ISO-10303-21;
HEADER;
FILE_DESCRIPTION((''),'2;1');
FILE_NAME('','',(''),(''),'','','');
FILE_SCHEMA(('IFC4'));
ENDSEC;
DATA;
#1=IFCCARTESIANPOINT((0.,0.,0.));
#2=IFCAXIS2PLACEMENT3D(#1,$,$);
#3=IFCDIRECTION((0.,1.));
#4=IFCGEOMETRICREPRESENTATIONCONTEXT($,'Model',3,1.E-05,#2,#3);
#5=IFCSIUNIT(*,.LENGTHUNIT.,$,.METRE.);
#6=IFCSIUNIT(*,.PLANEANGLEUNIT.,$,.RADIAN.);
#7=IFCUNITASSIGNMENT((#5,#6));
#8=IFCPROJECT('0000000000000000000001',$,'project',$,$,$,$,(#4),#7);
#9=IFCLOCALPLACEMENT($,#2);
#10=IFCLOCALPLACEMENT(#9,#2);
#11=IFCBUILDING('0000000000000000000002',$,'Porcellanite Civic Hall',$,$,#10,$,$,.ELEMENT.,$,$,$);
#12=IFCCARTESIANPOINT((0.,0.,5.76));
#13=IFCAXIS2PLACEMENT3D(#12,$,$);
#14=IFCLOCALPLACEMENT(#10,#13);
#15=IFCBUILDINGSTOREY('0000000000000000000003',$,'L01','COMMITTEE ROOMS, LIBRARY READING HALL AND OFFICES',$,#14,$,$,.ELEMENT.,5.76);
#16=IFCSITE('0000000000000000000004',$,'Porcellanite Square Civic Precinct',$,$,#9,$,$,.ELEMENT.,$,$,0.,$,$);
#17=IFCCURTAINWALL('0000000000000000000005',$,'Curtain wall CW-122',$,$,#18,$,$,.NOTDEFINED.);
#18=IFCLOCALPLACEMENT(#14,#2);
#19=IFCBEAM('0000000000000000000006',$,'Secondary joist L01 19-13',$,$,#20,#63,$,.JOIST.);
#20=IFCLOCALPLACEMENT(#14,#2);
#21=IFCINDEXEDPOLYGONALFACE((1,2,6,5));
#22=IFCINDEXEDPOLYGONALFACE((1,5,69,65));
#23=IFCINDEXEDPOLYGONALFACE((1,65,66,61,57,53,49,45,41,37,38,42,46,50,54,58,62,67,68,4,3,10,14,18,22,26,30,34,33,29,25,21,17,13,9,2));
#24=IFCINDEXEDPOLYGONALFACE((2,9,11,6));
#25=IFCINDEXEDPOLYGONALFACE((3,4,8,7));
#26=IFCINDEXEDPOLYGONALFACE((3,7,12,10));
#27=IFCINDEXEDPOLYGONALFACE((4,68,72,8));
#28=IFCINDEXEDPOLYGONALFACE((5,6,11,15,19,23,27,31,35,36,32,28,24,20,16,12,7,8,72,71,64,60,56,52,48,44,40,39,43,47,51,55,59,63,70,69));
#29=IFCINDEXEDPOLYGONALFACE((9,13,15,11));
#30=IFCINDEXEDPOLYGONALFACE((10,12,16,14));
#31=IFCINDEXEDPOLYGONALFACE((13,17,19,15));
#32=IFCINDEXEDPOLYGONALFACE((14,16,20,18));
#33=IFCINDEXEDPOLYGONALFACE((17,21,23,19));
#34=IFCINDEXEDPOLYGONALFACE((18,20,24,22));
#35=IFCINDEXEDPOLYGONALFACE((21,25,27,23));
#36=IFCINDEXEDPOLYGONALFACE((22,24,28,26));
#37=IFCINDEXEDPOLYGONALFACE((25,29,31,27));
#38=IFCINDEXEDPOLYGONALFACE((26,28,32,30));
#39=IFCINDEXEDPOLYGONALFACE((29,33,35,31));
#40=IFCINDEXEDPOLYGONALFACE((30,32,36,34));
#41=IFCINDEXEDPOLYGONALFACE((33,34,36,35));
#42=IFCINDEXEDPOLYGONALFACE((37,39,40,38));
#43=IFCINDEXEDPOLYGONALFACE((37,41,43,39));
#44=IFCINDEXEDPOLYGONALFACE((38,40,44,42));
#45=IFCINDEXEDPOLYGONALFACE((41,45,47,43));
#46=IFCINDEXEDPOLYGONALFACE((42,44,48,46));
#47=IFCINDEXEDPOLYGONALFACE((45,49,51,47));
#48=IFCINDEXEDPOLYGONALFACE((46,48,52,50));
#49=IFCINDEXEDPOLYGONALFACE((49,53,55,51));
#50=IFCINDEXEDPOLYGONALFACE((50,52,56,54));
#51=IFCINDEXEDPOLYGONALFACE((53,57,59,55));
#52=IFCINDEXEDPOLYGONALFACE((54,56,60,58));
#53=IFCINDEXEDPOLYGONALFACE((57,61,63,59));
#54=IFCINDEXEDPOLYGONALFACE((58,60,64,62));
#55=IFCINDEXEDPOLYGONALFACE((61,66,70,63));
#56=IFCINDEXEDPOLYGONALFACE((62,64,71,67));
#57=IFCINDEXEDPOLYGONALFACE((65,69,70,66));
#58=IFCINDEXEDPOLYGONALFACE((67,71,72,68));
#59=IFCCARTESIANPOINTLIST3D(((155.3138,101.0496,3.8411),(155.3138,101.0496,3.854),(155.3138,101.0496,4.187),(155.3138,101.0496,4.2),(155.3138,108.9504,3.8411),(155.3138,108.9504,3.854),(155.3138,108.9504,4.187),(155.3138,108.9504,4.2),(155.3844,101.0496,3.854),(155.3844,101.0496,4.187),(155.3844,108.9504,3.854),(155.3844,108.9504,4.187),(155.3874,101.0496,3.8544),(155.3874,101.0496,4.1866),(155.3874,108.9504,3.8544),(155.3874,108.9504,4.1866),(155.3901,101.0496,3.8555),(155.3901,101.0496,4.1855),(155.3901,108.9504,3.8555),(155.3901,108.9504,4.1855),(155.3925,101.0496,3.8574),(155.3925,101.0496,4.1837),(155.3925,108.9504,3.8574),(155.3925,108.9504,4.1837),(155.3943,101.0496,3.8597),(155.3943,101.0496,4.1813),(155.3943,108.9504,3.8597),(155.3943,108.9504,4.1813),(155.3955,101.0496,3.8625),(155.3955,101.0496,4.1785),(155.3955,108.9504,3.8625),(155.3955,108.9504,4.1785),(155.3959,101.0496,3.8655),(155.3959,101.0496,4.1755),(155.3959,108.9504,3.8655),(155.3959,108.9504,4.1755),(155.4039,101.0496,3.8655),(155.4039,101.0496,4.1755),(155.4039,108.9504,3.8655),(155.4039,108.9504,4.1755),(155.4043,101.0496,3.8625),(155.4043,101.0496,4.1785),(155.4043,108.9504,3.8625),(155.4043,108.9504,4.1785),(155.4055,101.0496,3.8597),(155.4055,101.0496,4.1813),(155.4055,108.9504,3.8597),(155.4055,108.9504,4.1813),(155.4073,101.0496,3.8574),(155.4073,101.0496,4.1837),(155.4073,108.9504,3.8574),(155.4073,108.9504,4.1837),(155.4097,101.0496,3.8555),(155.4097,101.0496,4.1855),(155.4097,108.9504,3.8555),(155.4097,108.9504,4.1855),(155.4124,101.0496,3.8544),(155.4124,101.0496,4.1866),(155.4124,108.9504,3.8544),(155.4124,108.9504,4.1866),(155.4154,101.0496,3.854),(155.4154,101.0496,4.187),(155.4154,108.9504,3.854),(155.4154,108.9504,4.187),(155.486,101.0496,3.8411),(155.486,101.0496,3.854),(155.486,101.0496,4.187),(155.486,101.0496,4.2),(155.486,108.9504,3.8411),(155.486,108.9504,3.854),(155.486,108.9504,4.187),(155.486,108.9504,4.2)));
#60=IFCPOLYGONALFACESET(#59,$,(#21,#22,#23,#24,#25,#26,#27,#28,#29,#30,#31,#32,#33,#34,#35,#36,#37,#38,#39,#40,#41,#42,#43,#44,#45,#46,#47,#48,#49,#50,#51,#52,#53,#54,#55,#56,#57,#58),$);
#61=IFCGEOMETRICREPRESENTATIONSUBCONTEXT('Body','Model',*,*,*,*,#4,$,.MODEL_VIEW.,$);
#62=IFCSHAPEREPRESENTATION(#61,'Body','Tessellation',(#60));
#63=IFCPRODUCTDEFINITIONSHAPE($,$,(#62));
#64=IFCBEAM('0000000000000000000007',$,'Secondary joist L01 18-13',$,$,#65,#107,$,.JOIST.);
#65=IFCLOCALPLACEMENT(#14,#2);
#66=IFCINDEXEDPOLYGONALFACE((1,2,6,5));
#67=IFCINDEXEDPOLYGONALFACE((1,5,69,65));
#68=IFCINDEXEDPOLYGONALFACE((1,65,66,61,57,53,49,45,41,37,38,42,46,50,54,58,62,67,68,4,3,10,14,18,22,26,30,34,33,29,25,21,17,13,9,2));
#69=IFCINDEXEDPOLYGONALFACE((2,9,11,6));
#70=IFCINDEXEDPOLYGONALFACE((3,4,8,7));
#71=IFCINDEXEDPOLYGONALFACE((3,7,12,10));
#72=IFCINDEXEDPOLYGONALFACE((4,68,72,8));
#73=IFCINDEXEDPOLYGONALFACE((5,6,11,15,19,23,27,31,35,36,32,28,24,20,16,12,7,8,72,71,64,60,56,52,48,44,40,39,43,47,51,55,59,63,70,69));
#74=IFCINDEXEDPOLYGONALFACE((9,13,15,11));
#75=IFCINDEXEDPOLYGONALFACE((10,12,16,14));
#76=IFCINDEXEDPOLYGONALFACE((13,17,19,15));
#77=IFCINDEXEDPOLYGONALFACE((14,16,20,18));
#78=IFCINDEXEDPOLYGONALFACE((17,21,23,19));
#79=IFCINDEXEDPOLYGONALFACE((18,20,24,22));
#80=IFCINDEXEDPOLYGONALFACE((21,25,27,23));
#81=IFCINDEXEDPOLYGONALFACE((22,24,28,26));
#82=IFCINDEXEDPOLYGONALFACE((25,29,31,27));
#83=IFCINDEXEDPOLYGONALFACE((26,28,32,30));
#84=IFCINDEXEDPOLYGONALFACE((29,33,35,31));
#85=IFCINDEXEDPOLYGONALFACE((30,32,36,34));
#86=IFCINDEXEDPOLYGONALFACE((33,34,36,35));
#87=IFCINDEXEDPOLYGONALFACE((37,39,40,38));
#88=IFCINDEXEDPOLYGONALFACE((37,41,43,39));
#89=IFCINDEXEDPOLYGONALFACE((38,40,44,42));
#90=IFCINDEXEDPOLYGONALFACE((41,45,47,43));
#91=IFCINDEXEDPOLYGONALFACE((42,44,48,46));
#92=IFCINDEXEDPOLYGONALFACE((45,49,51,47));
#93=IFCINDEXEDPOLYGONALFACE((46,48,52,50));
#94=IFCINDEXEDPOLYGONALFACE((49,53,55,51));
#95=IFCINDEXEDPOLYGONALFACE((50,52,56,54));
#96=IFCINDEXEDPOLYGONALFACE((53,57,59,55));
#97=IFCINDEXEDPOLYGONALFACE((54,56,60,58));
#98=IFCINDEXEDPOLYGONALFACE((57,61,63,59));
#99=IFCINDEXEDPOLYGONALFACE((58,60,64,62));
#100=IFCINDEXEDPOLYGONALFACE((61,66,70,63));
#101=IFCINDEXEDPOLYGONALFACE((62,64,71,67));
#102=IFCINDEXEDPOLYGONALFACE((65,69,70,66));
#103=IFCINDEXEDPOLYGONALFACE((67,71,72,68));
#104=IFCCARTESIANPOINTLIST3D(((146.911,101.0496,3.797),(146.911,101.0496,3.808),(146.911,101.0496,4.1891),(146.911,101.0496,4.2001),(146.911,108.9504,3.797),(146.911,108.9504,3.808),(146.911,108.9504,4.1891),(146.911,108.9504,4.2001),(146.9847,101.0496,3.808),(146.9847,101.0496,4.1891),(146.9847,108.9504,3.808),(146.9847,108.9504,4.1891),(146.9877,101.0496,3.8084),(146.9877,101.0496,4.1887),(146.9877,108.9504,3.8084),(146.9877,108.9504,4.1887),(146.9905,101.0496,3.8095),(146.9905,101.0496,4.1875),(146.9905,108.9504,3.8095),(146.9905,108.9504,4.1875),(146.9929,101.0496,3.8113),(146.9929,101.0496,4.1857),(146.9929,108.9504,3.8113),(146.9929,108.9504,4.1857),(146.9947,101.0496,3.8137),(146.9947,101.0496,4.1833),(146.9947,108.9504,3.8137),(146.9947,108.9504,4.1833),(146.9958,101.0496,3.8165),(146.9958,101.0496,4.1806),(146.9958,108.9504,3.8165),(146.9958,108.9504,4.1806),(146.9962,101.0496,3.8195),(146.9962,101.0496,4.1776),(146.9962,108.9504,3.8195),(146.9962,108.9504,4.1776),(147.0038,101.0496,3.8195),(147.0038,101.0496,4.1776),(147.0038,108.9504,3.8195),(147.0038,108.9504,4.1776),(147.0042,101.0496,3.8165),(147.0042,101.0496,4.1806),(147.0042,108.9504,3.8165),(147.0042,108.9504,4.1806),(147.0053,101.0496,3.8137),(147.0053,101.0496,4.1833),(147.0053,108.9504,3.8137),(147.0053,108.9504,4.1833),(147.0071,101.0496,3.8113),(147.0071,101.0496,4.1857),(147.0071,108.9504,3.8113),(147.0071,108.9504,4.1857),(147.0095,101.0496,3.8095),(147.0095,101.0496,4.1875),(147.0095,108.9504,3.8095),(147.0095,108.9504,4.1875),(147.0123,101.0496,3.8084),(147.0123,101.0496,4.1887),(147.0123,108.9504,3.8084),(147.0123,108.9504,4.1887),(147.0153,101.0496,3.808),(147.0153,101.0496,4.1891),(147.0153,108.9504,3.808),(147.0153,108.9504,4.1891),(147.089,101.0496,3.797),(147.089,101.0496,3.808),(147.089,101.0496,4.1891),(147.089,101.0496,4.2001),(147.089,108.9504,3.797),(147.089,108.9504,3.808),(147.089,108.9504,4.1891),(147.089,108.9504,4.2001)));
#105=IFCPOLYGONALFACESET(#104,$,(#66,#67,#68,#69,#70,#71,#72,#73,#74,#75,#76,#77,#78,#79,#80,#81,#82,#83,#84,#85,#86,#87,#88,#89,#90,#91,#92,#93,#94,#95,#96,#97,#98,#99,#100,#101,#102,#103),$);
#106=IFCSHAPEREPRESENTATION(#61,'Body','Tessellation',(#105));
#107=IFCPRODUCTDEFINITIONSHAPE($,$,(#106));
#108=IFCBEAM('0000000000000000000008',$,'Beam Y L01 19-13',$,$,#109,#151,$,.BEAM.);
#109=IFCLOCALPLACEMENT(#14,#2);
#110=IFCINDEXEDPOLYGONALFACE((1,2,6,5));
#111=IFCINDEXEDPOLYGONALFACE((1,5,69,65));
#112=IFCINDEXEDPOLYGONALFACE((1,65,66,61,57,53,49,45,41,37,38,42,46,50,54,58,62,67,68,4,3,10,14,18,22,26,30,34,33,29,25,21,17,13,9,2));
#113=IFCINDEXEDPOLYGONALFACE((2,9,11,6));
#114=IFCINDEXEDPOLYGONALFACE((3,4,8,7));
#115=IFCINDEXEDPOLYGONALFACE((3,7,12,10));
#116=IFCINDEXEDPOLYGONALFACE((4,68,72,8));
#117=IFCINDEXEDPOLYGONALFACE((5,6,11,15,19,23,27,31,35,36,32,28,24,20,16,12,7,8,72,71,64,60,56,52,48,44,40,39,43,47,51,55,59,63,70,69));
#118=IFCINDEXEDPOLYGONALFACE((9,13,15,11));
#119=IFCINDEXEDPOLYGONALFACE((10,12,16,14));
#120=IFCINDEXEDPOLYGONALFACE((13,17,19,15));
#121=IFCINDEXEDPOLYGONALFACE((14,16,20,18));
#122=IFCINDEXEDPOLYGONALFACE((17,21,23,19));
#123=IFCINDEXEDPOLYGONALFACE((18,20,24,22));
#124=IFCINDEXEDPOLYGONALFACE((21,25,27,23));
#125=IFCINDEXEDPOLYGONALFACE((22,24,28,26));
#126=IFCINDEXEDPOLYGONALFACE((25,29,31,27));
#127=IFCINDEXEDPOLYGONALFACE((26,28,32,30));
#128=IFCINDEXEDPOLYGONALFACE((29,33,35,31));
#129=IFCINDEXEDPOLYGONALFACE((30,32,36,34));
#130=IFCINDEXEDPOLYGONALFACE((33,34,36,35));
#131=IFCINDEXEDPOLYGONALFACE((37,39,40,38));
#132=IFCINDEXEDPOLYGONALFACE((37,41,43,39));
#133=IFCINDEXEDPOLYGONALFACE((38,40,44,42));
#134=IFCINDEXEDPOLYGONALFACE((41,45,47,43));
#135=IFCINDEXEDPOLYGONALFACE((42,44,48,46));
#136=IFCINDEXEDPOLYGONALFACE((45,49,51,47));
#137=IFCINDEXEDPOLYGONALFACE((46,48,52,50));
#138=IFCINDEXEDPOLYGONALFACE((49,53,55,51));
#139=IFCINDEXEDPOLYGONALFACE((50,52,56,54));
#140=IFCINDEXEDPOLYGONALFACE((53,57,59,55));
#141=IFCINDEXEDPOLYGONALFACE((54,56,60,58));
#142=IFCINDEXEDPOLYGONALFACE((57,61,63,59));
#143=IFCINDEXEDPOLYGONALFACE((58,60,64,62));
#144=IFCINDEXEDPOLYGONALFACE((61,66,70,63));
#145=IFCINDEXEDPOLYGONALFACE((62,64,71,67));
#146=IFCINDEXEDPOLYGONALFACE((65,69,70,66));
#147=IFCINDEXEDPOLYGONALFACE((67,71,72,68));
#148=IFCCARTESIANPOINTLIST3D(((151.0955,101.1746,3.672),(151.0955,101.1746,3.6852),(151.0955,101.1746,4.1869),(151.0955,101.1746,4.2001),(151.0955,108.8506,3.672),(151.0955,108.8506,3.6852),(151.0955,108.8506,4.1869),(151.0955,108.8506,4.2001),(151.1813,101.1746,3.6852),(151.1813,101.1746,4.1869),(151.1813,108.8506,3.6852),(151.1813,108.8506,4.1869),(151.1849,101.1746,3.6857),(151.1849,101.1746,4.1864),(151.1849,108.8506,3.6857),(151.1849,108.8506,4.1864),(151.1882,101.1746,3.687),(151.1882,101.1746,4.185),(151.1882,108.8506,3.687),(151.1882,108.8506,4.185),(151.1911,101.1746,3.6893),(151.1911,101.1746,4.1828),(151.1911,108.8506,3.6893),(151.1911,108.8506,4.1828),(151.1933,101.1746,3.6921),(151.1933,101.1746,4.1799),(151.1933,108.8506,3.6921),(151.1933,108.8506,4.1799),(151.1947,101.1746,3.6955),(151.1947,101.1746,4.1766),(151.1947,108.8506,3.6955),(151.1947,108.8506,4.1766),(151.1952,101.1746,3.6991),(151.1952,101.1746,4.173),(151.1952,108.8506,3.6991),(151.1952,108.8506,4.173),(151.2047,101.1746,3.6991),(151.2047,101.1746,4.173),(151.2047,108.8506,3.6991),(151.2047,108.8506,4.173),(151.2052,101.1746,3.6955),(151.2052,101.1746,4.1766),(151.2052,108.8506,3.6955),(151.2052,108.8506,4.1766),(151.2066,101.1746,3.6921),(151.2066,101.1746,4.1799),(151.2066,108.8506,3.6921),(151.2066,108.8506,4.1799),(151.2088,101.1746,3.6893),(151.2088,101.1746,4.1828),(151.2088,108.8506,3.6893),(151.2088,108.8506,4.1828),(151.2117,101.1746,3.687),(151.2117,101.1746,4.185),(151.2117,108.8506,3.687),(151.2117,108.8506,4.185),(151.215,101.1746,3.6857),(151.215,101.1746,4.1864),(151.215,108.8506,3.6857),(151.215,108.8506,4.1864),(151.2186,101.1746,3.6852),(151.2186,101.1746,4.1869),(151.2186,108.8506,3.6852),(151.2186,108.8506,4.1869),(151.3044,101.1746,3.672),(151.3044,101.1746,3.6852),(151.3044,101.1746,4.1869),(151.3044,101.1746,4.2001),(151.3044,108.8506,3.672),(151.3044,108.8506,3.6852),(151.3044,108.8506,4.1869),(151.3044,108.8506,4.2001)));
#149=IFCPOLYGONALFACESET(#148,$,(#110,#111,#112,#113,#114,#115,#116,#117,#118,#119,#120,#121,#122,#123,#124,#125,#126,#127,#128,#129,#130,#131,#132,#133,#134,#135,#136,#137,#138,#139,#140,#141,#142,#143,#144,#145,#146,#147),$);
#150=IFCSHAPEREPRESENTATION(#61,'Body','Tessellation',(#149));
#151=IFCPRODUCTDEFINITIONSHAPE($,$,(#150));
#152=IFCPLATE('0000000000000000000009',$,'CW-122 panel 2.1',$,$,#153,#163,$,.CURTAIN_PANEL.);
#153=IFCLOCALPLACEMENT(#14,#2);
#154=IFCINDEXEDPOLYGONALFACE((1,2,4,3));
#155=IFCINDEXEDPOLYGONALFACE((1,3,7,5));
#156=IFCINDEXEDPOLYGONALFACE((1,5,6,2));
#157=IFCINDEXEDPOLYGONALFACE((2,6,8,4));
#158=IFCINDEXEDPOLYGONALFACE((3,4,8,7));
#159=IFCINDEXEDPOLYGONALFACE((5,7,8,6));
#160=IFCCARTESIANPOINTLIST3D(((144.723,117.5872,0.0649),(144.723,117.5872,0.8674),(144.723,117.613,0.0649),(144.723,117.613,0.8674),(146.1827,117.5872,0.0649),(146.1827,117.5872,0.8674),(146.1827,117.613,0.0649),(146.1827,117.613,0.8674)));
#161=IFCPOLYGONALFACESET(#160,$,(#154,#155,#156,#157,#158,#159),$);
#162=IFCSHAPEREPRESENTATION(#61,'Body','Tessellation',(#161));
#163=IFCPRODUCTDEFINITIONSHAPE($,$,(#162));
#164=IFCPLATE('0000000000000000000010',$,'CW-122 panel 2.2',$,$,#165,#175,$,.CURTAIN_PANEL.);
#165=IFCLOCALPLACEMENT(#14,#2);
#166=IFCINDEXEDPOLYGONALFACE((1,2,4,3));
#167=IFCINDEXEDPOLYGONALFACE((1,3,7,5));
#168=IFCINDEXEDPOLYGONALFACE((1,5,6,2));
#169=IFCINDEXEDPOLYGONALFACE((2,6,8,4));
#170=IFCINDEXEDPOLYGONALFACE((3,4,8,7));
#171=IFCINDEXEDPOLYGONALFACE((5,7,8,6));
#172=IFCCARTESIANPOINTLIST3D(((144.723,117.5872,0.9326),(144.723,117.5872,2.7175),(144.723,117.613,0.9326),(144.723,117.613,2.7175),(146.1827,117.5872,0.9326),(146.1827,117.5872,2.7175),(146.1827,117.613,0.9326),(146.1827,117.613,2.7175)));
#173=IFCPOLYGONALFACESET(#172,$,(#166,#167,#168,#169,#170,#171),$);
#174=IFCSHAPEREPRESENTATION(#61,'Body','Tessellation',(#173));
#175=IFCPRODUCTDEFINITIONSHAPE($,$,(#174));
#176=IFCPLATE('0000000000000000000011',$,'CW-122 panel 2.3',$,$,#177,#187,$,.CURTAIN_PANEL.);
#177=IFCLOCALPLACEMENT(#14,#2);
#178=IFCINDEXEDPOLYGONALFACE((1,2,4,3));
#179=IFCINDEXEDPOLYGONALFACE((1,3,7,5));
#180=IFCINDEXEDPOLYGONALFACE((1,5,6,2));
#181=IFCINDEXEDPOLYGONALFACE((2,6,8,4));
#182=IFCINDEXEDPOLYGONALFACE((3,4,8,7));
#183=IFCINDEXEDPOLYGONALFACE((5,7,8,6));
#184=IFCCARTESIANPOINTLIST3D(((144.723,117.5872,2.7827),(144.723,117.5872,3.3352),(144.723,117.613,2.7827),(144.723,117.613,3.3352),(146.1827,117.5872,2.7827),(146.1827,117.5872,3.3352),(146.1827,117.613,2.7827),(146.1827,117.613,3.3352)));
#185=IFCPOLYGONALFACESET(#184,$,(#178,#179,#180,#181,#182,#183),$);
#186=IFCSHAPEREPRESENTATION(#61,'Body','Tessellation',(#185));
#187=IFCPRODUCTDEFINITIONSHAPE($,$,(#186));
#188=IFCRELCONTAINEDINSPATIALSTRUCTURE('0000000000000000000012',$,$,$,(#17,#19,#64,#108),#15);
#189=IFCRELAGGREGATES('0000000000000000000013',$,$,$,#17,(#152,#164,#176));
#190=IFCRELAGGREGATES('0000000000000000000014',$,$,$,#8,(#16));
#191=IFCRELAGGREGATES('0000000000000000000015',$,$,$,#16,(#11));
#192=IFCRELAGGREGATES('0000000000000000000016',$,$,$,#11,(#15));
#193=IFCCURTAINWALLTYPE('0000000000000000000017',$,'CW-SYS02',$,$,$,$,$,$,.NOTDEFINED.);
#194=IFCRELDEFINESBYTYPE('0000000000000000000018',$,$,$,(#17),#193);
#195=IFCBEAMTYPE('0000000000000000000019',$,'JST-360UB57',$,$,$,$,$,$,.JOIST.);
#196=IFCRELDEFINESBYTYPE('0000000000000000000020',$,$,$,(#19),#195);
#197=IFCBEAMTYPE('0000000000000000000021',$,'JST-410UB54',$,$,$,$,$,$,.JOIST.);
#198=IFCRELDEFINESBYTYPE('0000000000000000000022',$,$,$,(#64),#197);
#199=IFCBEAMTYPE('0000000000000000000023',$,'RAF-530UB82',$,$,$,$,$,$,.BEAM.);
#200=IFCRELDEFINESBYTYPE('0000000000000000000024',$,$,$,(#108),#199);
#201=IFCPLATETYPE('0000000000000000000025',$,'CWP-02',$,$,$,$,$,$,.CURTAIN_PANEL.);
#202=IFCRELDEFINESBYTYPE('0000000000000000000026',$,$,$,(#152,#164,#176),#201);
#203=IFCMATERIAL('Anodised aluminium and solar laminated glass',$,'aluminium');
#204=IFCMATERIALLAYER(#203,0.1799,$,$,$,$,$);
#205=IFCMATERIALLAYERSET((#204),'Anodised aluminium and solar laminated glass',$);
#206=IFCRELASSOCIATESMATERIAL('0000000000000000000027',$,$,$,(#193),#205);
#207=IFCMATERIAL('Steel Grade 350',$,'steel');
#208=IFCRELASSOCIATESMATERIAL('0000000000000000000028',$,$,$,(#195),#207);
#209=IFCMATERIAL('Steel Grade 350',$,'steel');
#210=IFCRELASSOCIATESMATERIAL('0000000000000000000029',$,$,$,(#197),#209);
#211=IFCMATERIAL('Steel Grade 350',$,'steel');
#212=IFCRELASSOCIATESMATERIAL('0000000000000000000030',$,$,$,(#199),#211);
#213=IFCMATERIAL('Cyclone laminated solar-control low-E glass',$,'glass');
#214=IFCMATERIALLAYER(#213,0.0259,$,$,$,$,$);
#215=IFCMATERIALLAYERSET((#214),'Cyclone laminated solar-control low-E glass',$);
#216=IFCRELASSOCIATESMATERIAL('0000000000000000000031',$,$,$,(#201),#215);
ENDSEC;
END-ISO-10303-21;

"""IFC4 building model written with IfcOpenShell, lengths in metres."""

from ifc_helpers import new_model, si_unit, direction, frame, origin, origin_2d, place, context, subcontext, project, spatial, rectangle, i_section, extrude, material, layer, layer_set, material_profile, profile_set, type_object, element, aggregate, save


model = new_model("IFC4")

# Units and contexts
model_context = context("Model", 3, precision=1e-05, world=origin(), true_north=direction((0.0, 1.0)))
body_context = subcontext(model_context, "Body", "Model", "MODEL_VIEW")
ifc_project = project(units=[si_unit("LENGTHUNIT", "METRE"), si_unit("PLANEANGLEUNIT", "RADIAN")], contexts=[model_context])

# Site, building, storey
site_placement = place(None, origin())
site = spatial("IfcSite", under=ifc_project, at=site_placement, Name="Porcellanite Square Civic Precinct", CompositionType="ELEMENT", RefElevation=0.0)
building_placement = place(site_placement, origin())
building = spatial("IfcBuilding", under=site, at=building_placement, Name="Porcellanite Civic Hall", CompositionType="ELEMENT")
storey_placement = place(building_placement, frame((0.0, 0.0, 5.76)))
storey = spatial("IfcBuildingStorey", under=building, at=storey_placement, Name="L01", Description="COMMITTEE ROOMS, LIBRARY READING HALL AND OFFICES", CompositionType="ELEMENT", Elevation=5.76)

# Curtain wall
ifc_material_1 = material(Name="Anodised aluminium and solar laminated glass", Category="aluminium")
ifc_layer_1 = layer(ifc_material_1, 0.1799)
ifc_layer_set_1 = layer_set([ifc_layer_1], Name="Anodised aluminium and solar laminated glass")
curtain_wall_type = type_object("IfcCurtainWallType", Name="CW-SYS02", PredefinedType="NOTDEFINED", material=ifc_layer_set_1)
curtain_wall_placement = place(storey_placement, origin())
curtain_wall = element("IfcCurtainWall", 1, at=curtain_wall_placement, inside=storey, type_object=curtain_wall_type, Name="Curtain wall CW-122", PredefinedType="NOTDEFINED")

# Beams
ifc_material_2 = material(Name="Steel Grade 350", Category="steel")
ifc_material_profile_1 = material_profile(ifc_material_2, i_section(OverallWidth=0.1721, OverallDepth=0.3589, WebThickness=0.0081, FlangeThickness=0.0129, FilletRadius=0.0115, at=origin_2d()), Name="360UB56.7")
ifc_profile_set_1 = profile_set([ifc_material_profile_1], Name="Steel Grade 350")
beam_type_1 = type_object("IfcBeamType", Name="JST-360UB57", PredefinedType="JOIST", material=ifc_profile_set_1)
beam_1_placement = place(storey_placement, frame((155.3999, 101.0496, 4.0205), z_axis=(0.0, 1.0, 0.0), x_axis=(-1.0, 0.0, 0.0)))
element("IfcBeam", 2, at=beam_1_placement, inside=storey, type_object=beam_type_1, Name="Secondary joist L01 19-13", PredefinedType="JOIST", context=body_context, shape_type="SweptSolid", body=[
    extrude(i_section(OverallWidth=0.1721, OverallDepth=0.3589, WebThickness=0.0081, FlangeThickness=0.0129, FilletRadius=0.0115, at=origin_2d()), origin(), (0.0, 0.0, 1.0), 7.9009),
])
ifc_material_3 = material(Name="Steel Grade 350", Category="steel")
ifc_material_profile_2 = material_profile(ifc_material_3, i_section(OverallWidth=0.178, OverallDepth=0.4031, WebThickness=0.0076, FlangeThickness=0.011, FilletRadius=0.0115, at=origin_2d()), Name="410UB53.7")
ifc_profile_set_2 = profile_set([ifc_material_profile_2], Name="Steel Grade 350")
beam_type_2 = type_object("IfcBeamType", Name="JST-410UB54", PredefinedType="JOIST", material=ifc_profile_set_2)
beam_2_placement = place(storey_placement, frame((147.0, 101.0496, 3.9985), z_axis=(0.0, 1.0, 0.0), x_axis=(-1.0, 0.0, 0.0)))
element("IfcBeam", 3, at=beam_2_placement, inside=storey, type_object=beam_type_2, Name="Secondary joist L01 18-13", PredefinedType="JOIST", context=body_context, shape_type="SweptSolid", body=[
    extrude(i_section(OverallWidth=0.178, OverallDepth=0.4031, WebThickness=0.0076, FlangeThickness=0.011, FilletRadius=0.0115, at=origin_2d()), origin(), (0.0, 0.0, 1.0), 7.9009),
])
ifc_material_4 = material(Name="Steel Grade 350", Category="steel")
ifc_material_profile_3 = material_profile(ifc_material_4, i_section(OverallWidth=0.209, OverallDepth=0.5281, WebThickness=0.0095, FlangeThickness=0.0132, FilletRadius=0.0139, at=origin_2d()), Name="530UB82.0")
ifc_profile_set_3 = profile_set([ifc_material_profile_3], Name="Steel Grade 350")
beam_type_3 = type_object("IfcBeamType", Name="RAF-530UB82", PredefinedType="BEAM", material=ifc_profile_set_3)
beam_3_placement = place(storey_placement, frame((151.2, 101.1746, 3.936), z_axis=(0.0, 1.0, 0.0), x_axis=(-1.0, 0.0, 0.0)))
element("IfcBeam", 4, at=beam_3_placement, inside=storey, type_object=beam_type_3, Name="Beam Y L01 19-13", PredefinedType="BEAM", context=body_context, shape_type="SweptSolid", body=[
    extrude(i_section(OverallWidth=0.209, OverallDepth=0.5281, WebThickness=0.0095, FlangeThickness=0.0132, FilletRadius=0.0139, at=origin_2d()), origin(), (0.0, 0.0, 1.0), 7.676),
])

# Plates
ifc_material_5 = material(Name="Cyclone laminated solar-control low-E glass", Category="glass")
ifc_layer_2 = layer(ifc_material_5, 0.0259)
ifc_layer_set_2 = layer_set([ifc_layer_2], Name="Cyclone laminated solar-control low-E glass")
plate_type = type_object("IfcPlateType", Name="CWP-02", PredefinedType="CURTAIN_PANEL", material=ifc_layer_set_2)
plate_1_placement = place(storey_placement, frame((145.4529, 117.6001, 0.0649), z_axis=(0.0, 0.0, 1.0), x_axis=(1.0, 0.0, 0.0)))
plate_1 = element("IfcPlate", 5, at=plate_1_placement, type_object=plate_type, Name="CW-122 panel 2.1", PredefinedType="CURTAIN_PANEL", context=body_context, shape_type="SweptSolid", body=[
    extrude(rectangle(XDim=1.4597, YDim=0.0259, at=origin_2d()), origin(), (0.0, 0.0, 1.0), 0.8025),
])
plate_2_placement = place(storey_placement, frame((145.4529, 117.6001, 0.9326), z_axis=(0.0, 0.0, 1.0), x_axis=(1.0, 0.0, 0.0)))
plate_2 = element("IfcPlate", 6, at=plate_2_placement, type_object=plate_type, Name="CW-122 panel 2.2", PredefinedType="CURTAIN_PANEL", context=body_context, shape_type="SweptSolid", body=[
    extrude(rectangle(XDim=1.4597, YDim=0.0259, at=origin_2d()), origin(), (0.0, 0.0, 1.0), 1.7849),
])
plate_3_placement = place(storey_placement, frame((145.4529, 117.6001, 2.7827), z_axis=(0.0, 0.0, 1.0), x_axis=(1.0, 0.0, 0.0)))
plate_3 = element("IfcPlate", 7, at=plate_3_placement, type_object=plate_type, Name="CW-122 panel 2.3", PredefinedType="CURTAIN_PANEL", context=body_context, shape_type="SweptSolid", body=[
    extrude(rectangle(XDim=1.4597, YDim=0.0259, at=origin_2d()), origin(), (0.0, 0.0, 1.0), 0.5525),
])
aggregate(curtain_wall, [plate_1, plate_2, plate_3])

save(model, "model.ifc")
